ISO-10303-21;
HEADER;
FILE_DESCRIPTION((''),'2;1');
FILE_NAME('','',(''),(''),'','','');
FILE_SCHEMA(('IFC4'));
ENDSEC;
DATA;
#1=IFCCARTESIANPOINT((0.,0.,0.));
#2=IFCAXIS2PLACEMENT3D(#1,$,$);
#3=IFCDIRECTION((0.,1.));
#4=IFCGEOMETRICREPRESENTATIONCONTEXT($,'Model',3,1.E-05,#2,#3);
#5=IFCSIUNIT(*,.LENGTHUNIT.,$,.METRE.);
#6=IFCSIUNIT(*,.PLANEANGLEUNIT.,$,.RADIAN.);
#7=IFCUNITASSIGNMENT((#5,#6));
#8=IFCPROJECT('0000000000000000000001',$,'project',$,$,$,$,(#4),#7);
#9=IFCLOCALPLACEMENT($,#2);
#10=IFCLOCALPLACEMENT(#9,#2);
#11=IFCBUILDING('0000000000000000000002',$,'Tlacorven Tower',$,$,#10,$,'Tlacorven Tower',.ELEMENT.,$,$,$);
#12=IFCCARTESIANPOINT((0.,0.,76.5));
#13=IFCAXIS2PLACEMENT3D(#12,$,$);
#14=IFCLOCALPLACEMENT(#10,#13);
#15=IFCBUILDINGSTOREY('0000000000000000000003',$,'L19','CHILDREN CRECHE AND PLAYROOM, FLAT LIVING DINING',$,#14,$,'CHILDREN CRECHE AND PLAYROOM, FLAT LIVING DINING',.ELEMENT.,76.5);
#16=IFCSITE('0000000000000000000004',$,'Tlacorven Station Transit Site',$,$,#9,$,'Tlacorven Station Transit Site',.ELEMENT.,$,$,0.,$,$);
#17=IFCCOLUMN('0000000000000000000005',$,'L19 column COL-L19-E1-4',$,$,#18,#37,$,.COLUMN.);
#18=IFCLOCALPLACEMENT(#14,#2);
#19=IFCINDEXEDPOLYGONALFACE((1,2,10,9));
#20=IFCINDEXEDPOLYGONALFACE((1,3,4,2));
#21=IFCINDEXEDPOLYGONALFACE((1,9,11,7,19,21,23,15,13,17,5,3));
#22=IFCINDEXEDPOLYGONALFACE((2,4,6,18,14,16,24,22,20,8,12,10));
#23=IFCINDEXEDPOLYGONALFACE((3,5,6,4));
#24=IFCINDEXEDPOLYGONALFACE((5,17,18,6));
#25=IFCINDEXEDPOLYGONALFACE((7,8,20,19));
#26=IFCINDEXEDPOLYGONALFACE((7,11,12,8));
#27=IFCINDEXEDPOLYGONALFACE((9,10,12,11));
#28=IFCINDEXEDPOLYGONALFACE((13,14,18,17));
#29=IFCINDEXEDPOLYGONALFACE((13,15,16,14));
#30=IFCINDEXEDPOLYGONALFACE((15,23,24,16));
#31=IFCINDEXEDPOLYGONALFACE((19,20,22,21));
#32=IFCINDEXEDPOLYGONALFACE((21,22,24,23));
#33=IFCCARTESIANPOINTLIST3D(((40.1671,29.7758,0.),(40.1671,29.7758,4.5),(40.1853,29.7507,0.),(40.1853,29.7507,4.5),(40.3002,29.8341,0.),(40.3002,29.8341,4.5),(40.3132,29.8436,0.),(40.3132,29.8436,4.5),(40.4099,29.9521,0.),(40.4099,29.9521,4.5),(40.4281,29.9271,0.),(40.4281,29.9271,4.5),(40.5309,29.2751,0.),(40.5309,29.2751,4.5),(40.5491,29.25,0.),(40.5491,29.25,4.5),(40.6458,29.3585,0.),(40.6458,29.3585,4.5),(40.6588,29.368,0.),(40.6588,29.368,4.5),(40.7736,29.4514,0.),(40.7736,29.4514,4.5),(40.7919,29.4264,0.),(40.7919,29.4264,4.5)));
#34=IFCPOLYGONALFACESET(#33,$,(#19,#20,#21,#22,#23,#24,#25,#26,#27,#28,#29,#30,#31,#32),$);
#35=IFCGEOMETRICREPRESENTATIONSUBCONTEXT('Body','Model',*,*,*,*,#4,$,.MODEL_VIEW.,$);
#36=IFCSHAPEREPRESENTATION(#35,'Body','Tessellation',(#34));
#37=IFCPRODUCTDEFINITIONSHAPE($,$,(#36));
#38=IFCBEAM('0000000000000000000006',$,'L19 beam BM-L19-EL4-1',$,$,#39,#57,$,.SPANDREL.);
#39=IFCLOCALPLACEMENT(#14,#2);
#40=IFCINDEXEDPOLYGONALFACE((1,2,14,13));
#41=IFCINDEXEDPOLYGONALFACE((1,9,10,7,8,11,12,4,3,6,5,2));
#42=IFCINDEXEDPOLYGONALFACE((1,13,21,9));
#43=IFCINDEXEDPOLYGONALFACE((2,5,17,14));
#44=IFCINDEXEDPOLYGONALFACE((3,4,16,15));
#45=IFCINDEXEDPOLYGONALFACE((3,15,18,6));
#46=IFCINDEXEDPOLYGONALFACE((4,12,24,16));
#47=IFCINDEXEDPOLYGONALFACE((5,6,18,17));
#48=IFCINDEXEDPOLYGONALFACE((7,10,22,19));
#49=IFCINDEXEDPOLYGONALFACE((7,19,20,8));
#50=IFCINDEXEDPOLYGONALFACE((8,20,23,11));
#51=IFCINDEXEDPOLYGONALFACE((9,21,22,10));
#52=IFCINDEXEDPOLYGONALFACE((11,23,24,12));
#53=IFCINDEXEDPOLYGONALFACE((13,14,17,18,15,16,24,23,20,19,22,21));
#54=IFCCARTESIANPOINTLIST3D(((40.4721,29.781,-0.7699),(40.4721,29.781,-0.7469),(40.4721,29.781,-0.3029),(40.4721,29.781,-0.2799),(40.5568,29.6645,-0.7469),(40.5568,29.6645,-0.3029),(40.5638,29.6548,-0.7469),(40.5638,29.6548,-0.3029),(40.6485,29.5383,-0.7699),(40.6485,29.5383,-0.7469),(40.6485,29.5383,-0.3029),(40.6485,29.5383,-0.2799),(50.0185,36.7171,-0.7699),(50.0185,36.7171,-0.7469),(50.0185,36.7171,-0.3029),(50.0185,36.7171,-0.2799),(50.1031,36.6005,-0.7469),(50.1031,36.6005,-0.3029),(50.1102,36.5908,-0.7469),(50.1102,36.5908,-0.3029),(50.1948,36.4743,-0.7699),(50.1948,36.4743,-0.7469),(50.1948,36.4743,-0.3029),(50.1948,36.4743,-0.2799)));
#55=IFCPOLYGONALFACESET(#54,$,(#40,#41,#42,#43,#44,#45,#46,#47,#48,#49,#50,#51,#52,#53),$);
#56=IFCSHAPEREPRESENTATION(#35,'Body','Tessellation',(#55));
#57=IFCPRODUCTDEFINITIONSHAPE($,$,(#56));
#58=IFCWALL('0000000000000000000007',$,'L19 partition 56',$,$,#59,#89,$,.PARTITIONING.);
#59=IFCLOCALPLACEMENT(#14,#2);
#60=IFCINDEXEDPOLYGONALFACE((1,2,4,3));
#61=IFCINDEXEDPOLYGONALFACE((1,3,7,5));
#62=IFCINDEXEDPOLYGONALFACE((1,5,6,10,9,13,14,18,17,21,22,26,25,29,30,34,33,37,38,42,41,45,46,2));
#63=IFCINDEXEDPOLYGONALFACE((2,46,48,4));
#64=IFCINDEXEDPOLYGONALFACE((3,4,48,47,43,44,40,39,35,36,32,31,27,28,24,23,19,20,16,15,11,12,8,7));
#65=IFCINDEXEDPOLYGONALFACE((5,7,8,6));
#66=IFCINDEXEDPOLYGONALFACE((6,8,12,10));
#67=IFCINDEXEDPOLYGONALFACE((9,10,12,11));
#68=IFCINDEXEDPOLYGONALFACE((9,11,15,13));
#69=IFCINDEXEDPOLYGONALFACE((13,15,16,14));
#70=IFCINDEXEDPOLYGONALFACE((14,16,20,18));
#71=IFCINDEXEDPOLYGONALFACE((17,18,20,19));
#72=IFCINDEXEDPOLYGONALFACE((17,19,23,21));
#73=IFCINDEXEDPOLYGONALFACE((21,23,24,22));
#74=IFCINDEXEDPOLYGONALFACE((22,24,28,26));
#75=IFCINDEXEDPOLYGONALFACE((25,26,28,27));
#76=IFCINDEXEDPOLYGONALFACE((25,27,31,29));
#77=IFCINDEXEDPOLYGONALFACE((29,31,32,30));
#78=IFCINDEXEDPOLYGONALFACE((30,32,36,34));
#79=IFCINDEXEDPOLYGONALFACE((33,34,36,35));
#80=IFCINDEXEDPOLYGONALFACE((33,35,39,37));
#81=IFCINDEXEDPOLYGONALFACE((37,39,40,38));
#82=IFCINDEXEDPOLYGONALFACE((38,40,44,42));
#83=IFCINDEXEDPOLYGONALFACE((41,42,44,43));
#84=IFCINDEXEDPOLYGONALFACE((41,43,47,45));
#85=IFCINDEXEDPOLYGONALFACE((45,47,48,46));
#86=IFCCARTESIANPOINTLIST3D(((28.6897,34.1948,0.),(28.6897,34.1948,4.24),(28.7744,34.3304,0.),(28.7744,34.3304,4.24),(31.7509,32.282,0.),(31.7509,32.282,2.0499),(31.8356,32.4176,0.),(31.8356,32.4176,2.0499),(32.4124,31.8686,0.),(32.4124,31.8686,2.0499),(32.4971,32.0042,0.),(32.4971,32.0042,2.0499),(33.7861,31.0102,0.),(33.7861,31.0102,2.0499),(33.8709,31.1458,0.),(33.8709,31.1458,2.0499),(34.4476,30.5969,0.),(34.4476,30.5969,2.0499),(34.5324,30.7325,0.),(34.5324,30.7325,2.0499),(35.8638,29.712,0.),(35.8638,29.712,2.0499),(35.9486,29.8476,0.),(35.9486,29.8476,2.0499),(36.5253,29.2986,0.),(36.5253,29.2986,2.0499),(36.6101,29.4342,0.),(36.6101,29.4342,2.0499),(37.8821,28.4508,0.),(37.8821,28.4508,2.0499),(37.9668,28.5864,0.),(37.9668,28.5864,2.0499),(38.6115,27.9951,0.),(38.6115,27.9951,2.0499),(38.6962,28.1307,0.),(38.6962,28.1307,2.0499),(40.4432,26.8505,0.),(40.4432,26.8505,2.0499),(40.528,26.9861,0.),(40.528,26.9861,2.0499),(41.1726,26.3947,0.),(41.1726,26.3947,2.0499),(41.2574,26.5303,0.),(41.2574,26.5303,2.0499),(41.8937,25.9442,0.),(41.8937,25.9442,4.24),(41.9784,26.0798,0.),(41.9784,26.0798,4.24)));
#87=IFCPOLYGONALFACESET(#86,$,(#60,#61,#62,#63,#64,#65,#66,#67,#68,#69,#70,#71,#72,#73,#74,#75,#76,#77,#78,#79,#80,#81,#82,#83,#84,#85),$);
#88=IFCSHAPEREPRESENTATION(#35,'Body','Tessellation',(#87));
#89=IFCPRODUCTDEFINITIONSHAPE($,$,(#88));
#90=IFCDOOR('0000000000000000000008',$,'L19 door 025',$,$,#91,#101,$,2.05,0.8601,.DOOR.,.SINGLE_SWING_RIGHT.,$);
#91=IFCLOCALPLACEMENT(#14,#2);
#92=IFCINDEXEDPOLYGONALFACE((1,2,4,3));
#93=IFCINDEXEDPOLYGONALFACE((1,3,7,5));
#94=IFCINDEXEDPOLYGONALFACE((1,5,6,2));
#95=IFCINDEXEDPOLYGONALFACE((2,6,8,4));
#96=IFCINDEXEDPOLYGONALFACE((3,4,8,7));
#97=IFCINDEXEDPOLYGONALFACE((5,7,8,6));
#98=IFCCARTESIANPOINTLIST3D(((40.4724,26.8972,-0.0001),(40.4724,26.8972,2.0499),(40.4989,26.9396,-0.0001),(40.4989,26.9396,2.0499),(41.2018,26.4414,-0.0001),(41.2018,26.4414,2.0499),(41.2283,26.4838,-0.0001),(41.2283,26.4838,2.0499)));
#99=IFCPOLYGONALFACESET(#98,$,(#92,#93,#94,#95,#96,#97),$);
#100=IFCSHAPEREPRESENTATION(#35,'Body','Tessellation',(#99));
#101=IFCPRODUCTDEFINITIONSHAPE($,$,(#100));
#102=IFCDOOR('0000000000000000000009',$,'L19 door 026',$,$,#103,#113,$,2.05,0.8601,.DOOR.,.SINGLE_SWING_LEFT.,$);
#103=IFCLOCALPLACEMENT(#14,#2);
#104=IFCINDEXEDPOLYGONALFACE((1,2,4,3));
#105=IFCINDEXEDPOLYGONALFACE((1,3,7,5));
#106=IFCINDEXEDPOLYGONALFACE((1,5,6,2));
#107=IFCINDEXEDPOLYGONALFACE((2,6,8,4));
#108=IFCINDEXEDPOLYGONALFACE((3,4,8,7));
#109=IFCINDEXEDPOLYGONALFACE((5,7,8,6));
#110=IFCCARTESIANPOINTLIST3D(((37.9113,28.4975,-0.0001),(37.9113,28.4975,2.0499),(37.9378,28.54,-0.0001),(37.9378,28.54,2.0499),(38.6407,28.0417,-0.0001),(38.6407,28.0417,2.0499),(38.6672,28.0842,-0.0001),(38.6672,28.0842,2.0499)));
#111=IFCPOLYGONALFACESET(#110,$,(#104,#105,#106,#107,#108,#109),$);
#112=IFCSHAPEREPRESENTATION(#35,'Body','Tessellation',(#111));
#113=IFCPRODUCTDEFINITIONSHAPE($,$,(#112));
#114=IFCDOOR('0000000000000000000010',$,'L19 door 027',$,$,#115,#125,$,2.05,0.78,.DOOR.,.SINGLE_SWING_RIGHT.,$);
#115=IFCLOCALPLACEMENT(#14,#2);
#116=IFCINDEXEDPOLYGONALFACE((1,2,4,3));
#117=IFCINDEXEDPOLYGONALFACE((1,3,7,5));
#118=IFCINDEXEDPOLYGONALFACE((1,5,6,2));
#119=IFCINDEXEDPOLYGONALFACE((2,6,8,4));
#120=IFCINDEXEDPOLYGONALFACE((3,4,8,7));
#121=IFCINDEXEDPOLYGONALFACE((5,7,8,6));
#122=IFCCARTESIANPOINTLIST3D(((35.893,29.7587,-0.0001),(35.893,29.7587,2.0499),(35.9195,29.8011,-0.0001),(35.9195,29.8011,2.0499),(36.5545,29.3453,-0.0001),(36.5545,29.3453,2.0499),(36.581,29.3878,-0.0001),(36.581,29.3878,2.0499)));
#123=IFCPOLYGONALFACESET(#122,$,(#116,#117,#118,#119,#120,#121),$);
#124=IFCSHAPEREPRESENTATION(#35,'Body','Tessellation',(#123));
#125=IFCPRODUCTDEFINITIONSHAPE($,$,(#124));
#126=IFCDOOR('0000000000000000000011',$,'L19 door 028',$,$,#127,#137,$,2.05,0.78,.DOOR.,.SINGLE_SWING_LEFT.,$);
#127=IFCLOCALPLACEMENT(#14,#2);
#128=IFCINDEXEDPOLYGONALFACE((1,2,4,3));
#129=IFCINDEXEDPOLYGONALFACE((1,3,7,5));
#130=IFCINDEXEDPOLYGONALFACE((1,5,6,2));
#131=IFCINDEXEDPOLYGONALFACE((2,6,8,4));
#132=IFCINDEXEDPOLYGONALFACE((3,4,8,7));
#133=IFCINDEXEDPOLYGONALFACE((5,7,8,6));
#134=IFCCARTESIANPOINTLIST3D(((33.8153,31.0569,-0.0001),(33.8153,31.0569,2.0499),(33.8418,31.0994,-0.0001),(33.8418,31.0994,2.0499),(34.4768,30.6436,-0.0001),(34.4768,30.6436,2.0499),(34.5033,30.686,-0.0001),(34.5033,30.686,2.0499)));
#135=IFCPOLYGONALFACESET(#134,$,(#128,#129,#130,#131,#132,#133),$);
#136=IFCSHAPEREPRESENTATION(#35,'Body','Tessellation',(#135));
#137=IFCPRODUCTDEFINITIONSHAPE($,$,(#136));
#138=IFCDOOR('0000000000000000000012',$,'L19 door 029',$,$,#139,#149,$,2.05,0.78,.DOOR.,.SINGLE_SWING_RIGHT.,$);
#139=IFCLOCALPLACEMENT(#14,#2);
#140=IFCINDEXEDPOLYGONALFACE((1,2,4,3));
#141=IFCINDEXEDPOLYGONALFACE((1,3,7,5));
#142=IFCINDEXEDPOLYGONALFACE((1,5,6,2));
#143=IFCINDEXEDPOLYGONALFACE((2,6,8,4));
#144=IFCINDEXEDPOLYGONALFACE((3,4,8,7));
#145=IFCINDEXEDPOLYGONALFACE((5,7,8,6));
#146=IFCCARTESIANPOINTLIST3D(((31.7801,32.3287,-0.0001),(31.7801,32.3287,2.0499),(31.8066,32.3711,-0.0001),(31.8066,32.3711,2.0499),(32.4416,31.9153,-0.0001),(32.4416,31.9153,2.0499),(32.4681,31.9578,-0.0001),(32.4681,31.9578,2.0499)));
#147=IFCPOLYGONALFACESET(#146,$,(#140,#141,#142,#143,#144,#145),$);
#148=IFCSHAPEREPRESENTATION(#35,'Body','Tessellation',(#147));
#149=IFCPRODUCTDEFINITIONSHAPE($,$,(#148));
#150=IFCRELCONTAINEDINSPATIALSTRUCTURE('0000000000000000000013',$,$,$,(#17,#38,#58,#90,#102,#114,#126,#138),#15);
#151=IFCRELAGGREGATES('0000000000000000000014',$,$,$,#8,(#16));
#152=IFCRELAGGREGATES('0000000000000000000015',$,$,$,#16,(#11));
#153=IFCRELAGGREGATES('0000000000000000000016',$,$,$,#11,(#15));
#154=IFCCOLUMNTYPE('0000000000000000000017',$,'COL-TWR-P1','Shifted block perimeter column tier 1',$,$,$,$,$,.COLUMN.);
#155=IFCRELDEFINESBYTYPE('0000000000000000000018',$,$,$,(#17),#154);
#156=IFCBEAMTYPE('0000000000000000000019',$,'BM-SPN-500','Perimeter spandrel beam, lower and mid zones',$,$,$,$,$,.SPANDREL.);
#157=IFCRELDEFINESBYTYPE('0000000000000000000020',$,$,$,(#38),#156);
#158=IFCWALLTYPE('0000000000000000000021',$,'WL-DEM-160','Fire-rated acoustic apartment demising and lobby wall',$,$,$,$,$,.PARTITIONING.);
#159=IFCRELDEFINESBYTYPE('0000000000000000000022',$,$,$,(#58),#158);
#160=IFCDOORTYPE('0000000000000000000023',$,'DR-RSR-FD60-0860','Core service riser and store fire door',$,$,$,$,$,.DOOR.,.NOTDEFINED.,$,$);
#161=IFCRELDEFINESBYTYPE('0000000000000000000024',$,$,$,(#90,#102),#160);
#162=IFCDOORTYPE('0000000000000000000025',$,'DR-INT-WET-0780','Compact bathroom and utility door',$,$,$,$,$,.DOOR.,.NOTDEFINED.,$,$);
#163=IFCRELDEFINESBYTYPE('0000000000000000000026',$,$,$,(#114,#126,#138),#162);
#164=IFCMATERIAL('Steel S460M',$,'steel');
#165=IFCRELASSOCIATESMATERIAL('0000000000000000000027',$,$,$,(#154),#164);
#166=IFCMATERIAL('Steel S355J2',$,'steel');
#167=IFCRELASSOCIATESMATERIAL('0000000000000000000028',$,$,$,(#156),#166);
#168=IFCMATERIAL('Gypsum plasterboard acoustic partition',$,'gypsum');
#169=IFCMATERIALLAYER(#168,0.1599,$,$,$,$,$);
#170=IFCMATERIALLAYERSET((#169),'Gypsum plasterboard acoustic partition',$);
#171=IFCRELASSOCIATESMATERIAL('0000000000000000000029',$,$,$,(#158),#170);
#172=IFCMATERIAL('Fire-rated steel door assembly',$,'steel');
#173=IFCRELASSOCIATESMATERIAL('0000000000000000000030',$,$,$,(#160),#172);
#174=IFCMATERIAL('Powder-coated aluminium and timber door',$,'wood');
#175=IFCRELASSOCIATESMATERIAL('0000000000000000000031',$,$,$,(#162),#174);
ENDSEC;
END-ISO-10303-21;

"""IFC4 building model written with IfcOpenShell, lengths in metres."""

from ifc_helpers import new_model, si_unit, direction, frame, frame_2d, origin, origin_2d, place, context, subcontext, project, spatial, rectangle, i_section, extrude, source, transform, mapped, material, layer, layer_set, material_profile, profile_set, type_object, element, fill, save


model = new_model("IFC4")

# Units and contexts
model_context = context("Model", 3, precision=1e-05, world=origin(), true_north=direction((0.0, 1.0)))
body_context = subcontext(model_context, "Body", "Model", "MODEL_VIEW")
ifc_project = project(units=[si_unit("LENGTHUNIT", "METRE"), si_unit("PLANEANGLEUNIT", "RADIAN")], contexts=[model_context])

# Site, building, storey
site_placement = place(None, origin())
site = spatial("IfcSite", under=ifc_project, at=site_placement, Name="Tlacorven Station Transit Site", LongName="Tlacorven Station Transit Site", CompositionType="ELEMENT", RefElevation=0.0)
building_placement = place(site_placement, origin())
building = spatial("IfcBuilding", under=site, at=building_placement, Name="Tlacorven Tower", LongName="Tlacorven Tower", CompositionType="ELEMENT")
storey_placement = place(building_placement, frame((0.0, 0.0, 76.5)))
storey = spatial("IfcBuildingStorey", under=building, at=storey_placement, Name="L19", Description="CHILDREN CRECHE AND PLAYROOM, FLAT LIVING DINING", LongName="CHILDREN CRECHE AND PLAYROOM, FLAT LIVING DINING", CompositionType="ELEMENT", Elevation=76.5)

# Column
ifc_material_1 = material(Name="Steel S460M", Category="steel")
ifc_material_profile_1 = material_profile(ifc_material_1, i_section(OverallWidth=0.3, OverallDepth=0.6499, WebThickness=0.0161, FlangeThickness=0.031, at=origin_2d()), Name="HEB 650")
ifc_profile_set_1 = profile_set([ifc_material_profile_1], Name="Steel S460M")
column_type = type_object("IfcColumnType", Name="COL-TWR-P1", Description="Shifted block perimeter column tier 1", PredefinedType="COLUMN", material=ifc_profile_set_1)
shared_shape_1 = source(origin(), body_context, "Body", "SweptSolid", [
    extrude(i_section(OverallWidth=0.3, OverallDepth=0.6499, WebThickness=0.0161, FlangeThickness=0.031, at=origin_2d()), origin(), (0.0, 0.0, 1.0), 4.5),
])
column_placement = place(storey_placement, frame((40.4795, 29.6011, 0.0), z_axis=(0.0, 0.0, 1.0), x_axis=(0.809017, 0.587785, 0.0)))
element("IfcColumn", 1, at=column_placement, inside=storey, type_object=column_type, Name="L19 column COL-L19-E1-4", PredefinedType="COLUMN", context=body_context, shape_type="MappedRepresentation", body=[
    mapped(shared_shape_1, transform((0.0, 0.0, 0.0), scale=1.0)),
])

# Beam
ifc_material_2 = material(Name="Steel S355J2", Category="steel")
ifc_material_profile_2 = material_profile(ifc_material_2, i_section(OverallWidth=0.3, OverallDepth=0.49, WebThickness=0.012, FlangeThickness=0.0229, at=origin_2d()), Name="HEA 500")
ifc_profile_set_2 = profile_set([ifc_material_profile_2], Name="Steel S355J2")
beam_type = type_object("IfcBeamType", Name="BM-SPN-500", Description="Perimeter spandrel beam, lower and mid zones", PredefinedType="SPANDREL", material=ifc_profile_set_2)
shared_shape_2 = source(origin(), body_context, "Body", "SweptSolid", [
    extrude(i_section(OverallWidth=0.3, OverallDepth=0.49, WebThickness=0.012, FlangeThickness=0.0229, at=origin_2d()), origin(), (0.0, 0.0, 1.0), 11.8),
])
beam_placement = place(storey_placement, frame((40.5603, 29.6597, -0.5249), z_axis=(0.80901, 0.587795, 0.0), x_axis=(-0.587795, 0.80901, 0.0)))
element("IfcBeam", 2, at=beam_placement, inside=storey, type_object=beam_type, Name="L19 beam BM-L19-EL4-1", PredefinedType="SPANDREL", context=body_context, shape_type="MappedRepresentation", body=[
    mapped(shared_shape_2, transform((0.0, 0.0, 0.0), scale=1.0)),
])

# Wall, openings, doors
ifc_material_3 = material(Name="Gypsum plasterboard acoustic partition", Category="gypsum")
ifc_layer_1 = layer(ifc_material_3, 0.1599)
ifc_layer_set_1 = layer_set([ifc_layer_1], Name="Gypsum plasterboard acoustic partition")
wall_type_1 = type_object("IfcWallType", Name="WL-DEM-160", Description="Fire-rated acoustic apartment demising and lobby wall", PredefinedType="PARTITIONING", material=ifc_layer_set_1)
wall_1_placement = place(storey_placement, frame((41.936, 26.012, 0.0), z_axis=(0.0, 0.0, 1.0), x_axis=(-0.848051, 0.529914, 0.0)))
wall_1 = element("IfcWall", 3, at=wall_1_placement, inside=storey, type_object=wall_type_1, Name="L19 partition 56", PredefinedType="PARTITIONING", context=body_context, shape_type="SweptSolid", body=[
    extrude(rectangle(XDim=15.5698, YDim=0.1599, at=frame_2d((7.7849, 0.0))), origin(), (0.0, 0.0, 1.0), 4.24),
])
opening_1_placement = place(wall_1_placement, frame((0.8501, 0.0, 0.0)))
opening_1 = element("IfcOpeningElement", 4, at=opening_1_placement, cuts=wall_1, PredefinedType="OPENING", context=body_context, shape_type="SweptSolid", body=[
    extrude(rectangle(XDim=0.8601, YDim=2.05, at=frame_2d((0.4302, 1.0249))), frame((0.0, 0.0898, 0.0), z_axis=(0.0, -1.0, 0.0), x_axis=(1.0, 0.0, 0.0)), (0.0, 0.0, 1.0), 0.1799),
])
opening_2_placement = place(wall_1_placement, frame((3.8701, 0.0, 0.0)))
opening_2 = element("IfcOpeningElement", 5, at=opening_2_placement, cuts=wall_1, PredefinedType="OPENING", context=body_context, shape_type="SweptSolid", body=[
    extrude(rectangle(XDim=0.8601, YDim=2.05, at=frame_2d((0.4302, 1.0249))), frame((0.0, 0.0898, 0.0), z_axis=(0.0, -1.0, 0.0), x_axis=(1.0, 0.0, 0.0)), (0.0, 0.0, 1.0), 0.1799),
])
opening_3_placement = place(wall_1_placement, frame((6.3301, 0.0, 0.0)))
opening_3 = element("IfcOpeningElement", 6, at=opening_3_placement, cuts=wall_1, PredefinedType="OPENING", context=body_context, shape_type="SweptSolid", body=[
    extrude(rectangle(XDim=0.78, YDim=2.05, at=frame_2d((0.3901, 1.0249))), frame((0.0, 0.0898, 0.0), z_axis=(0.0, -1.0, 0.0), x_axis=(1.0, 0.0, 0.0)), (0.0, 0.0, 1.0), 0.1799),
])
opening_4_placement = place(wall_1_placement, frame((8.78, 0.0, 0.0)))
opening_4 = element("IfcOpeningElement", 7, at=opening_4_placement, cuts=wall_1, PredefinedType="OPENING", context=body_context, shape_type="SweptSolid", body=[
    extrude(rectangle(XDim=0.78, YDim=2.05, at=frame_2d((0.3901, 1.0249))), frame((0.0, 0.0898, 0.0), z_axis=(0.0, -1.0, 0.0), x_axis=(1.0, 0.0, 0.0)), (0.0, 0.0, 1.0), 0.1799),
])
opening_5_placement = place(wall_1_placement, frame((11.1799, 0.0, 0.0)))
opening_5 = element("IfcOpeningElement", 8, at=opening_5_placement, cuts=wall_1, PredefinedType="OPENING", context=body_context, shape_type="SweptSolid", body=[
    extrude(rectangle(XDim=0.78, YDim=2.05, at=frame_2d((0.3901, 1.0249))), frame((0.0, 0.0898, 0.0), z_axis=(0.0, -1.0, 0.0), x_axis=(1.0, 0.0, 0.0)), (0.0, 0.0, 1.0), 0.1799),
])
ifc_material_4 = material(Name="Fire-rated steel door assembly", Category="steel")
door_type_1 = type_object("IfcDoorType", Name="DR-RSR-FD60-0860", Description="Core service riser and store fire door", OperationType="NOTDEFINED", PredefinedType="DOOR", material=ifc_material_4)
shared_shape_3 = source(origin(), body_context, "Body", "SweptSolid", [
    extrude(rectangle(XDim=0.8601, YDim=2.05, at=frame_2d((0.4302, 1.0249))), frame((0.0, 0.0249, 0.0), z_axis=(0.0, -1.0, 0.0), x_axis=(1.0, 0.0, 0.0)), (0.0, 0.0, 1.0), 0.05),
])
door_1_placement = place(opening_1_placement, origin())
door_1 = element("IfcDoor", 9, at=door_1_placement, inside=storey, type_object=door_type_1, Name="L19 door 025", OperationType="SINGLE_SWING_RIGHT", OverallHeight=2.05, OverallWidth=0.8601, PredefinedType="DOOR", context=body_context, shape_type="MappedRepresentation", body=[
    mapped(shared_shape_3, transform((0.0, 0.0, 0.0), scale=1.0)),
])
fill(opening_1, door_1)
door_2_placement = place(opening_2_placement, origin())
door_2 = element("IfcDoor", 10, at=door_2_placement, inside=storey, type_object=door_type_1, Name="L19 door 026", OperationType="SINGLE_SWING_LEFT", OverallHeight=2.05, OverallWidth=0.8601, PredefinedType="DOOR", context=body_context, shape_type="MappedRepresentation", body=[
    mapped(shared_shape_3, transform((0.0, 0.0, 0.0), scale=1.0)),
])
fill(opening_2, door_2)
ifc_material_5 = material(Name="Powder-coated aluminium and timber door", Category="wood")
door_type_2 = type_object("IfcDoorType", Name="DR-INT-WET-0780", Description="Compact bathroom and utility door", OperationType="NOTDEFINED", PredefinedType="DOOR", material=ifc_material_5)
shared_shape_4 = source(origin(), body_context, "Body", "SweptSolid", [
    extrude(rectangle(XDim=0.78, YDim=2.05, at=frame_2d((0.3901, 1.0249))), frame((0.0, 0.0249, 0.0), z_axis=(0.0, -1.0, 0.0), x_axis=(1.0, 0.0, 0.0)), (0.0, 0.0, 1.0), 0.05),
])
door_3_placement = place(opening_3_placement, origin())
door_3 = element("IfcDoor", 11, at=door_3_placement, inside=storey, type_object=door_type_2, Name="L19 door 027", OperationType="SINGLE_SWING_RIGHT", OverallHeight=2.05, OverallWidth=0.78, PredefinedType="DOOR", context=body_context, shape_type="MappedRepresentation", body=[
    mapped(shared_shape_4, transform((0.0, 0.0, 0.0), scale=1.0)),
])
fill(opening_3, door_3)
door_4_placement = place(opening_4_placement, origin())
door_4 = element("IfcDoor", 12, at=door_4_placement, inside=storey, type_object=door_type_2, Name="L19 door 028", OperationType="SINGLE_SWING_LEFT", OverallHeight=2.05, OverallWidth=0.78, PredefinedType="DOOR", context=body_context, shape_type="MappedRepresentation", body=[
    mapped(shared_shape_4, transform((0.0, 0.0, 0.0), scale=1.0)),
])
fill(opening_4, door_4)
door_5_placement = place(opening_5_placement, origin())
door_5 = element("IfcDoor", 13, at=door_5_placement, inside=storey, type_object=door_type_2, Name="L19 door 029", OperationType="SINGLE_SWING_RIGHT", OverallHeight=2.05, OverallWidth=0.78, PredefinedType="DOOR", context=body_context, shape_type="MappedRepresentation", body=[
    mapped(shared_shape_4, transform((0.0, 0.0, 0.0), scale=1.0)),
])
fill(opening_5, door_5)

save(model, "model.ifc")
